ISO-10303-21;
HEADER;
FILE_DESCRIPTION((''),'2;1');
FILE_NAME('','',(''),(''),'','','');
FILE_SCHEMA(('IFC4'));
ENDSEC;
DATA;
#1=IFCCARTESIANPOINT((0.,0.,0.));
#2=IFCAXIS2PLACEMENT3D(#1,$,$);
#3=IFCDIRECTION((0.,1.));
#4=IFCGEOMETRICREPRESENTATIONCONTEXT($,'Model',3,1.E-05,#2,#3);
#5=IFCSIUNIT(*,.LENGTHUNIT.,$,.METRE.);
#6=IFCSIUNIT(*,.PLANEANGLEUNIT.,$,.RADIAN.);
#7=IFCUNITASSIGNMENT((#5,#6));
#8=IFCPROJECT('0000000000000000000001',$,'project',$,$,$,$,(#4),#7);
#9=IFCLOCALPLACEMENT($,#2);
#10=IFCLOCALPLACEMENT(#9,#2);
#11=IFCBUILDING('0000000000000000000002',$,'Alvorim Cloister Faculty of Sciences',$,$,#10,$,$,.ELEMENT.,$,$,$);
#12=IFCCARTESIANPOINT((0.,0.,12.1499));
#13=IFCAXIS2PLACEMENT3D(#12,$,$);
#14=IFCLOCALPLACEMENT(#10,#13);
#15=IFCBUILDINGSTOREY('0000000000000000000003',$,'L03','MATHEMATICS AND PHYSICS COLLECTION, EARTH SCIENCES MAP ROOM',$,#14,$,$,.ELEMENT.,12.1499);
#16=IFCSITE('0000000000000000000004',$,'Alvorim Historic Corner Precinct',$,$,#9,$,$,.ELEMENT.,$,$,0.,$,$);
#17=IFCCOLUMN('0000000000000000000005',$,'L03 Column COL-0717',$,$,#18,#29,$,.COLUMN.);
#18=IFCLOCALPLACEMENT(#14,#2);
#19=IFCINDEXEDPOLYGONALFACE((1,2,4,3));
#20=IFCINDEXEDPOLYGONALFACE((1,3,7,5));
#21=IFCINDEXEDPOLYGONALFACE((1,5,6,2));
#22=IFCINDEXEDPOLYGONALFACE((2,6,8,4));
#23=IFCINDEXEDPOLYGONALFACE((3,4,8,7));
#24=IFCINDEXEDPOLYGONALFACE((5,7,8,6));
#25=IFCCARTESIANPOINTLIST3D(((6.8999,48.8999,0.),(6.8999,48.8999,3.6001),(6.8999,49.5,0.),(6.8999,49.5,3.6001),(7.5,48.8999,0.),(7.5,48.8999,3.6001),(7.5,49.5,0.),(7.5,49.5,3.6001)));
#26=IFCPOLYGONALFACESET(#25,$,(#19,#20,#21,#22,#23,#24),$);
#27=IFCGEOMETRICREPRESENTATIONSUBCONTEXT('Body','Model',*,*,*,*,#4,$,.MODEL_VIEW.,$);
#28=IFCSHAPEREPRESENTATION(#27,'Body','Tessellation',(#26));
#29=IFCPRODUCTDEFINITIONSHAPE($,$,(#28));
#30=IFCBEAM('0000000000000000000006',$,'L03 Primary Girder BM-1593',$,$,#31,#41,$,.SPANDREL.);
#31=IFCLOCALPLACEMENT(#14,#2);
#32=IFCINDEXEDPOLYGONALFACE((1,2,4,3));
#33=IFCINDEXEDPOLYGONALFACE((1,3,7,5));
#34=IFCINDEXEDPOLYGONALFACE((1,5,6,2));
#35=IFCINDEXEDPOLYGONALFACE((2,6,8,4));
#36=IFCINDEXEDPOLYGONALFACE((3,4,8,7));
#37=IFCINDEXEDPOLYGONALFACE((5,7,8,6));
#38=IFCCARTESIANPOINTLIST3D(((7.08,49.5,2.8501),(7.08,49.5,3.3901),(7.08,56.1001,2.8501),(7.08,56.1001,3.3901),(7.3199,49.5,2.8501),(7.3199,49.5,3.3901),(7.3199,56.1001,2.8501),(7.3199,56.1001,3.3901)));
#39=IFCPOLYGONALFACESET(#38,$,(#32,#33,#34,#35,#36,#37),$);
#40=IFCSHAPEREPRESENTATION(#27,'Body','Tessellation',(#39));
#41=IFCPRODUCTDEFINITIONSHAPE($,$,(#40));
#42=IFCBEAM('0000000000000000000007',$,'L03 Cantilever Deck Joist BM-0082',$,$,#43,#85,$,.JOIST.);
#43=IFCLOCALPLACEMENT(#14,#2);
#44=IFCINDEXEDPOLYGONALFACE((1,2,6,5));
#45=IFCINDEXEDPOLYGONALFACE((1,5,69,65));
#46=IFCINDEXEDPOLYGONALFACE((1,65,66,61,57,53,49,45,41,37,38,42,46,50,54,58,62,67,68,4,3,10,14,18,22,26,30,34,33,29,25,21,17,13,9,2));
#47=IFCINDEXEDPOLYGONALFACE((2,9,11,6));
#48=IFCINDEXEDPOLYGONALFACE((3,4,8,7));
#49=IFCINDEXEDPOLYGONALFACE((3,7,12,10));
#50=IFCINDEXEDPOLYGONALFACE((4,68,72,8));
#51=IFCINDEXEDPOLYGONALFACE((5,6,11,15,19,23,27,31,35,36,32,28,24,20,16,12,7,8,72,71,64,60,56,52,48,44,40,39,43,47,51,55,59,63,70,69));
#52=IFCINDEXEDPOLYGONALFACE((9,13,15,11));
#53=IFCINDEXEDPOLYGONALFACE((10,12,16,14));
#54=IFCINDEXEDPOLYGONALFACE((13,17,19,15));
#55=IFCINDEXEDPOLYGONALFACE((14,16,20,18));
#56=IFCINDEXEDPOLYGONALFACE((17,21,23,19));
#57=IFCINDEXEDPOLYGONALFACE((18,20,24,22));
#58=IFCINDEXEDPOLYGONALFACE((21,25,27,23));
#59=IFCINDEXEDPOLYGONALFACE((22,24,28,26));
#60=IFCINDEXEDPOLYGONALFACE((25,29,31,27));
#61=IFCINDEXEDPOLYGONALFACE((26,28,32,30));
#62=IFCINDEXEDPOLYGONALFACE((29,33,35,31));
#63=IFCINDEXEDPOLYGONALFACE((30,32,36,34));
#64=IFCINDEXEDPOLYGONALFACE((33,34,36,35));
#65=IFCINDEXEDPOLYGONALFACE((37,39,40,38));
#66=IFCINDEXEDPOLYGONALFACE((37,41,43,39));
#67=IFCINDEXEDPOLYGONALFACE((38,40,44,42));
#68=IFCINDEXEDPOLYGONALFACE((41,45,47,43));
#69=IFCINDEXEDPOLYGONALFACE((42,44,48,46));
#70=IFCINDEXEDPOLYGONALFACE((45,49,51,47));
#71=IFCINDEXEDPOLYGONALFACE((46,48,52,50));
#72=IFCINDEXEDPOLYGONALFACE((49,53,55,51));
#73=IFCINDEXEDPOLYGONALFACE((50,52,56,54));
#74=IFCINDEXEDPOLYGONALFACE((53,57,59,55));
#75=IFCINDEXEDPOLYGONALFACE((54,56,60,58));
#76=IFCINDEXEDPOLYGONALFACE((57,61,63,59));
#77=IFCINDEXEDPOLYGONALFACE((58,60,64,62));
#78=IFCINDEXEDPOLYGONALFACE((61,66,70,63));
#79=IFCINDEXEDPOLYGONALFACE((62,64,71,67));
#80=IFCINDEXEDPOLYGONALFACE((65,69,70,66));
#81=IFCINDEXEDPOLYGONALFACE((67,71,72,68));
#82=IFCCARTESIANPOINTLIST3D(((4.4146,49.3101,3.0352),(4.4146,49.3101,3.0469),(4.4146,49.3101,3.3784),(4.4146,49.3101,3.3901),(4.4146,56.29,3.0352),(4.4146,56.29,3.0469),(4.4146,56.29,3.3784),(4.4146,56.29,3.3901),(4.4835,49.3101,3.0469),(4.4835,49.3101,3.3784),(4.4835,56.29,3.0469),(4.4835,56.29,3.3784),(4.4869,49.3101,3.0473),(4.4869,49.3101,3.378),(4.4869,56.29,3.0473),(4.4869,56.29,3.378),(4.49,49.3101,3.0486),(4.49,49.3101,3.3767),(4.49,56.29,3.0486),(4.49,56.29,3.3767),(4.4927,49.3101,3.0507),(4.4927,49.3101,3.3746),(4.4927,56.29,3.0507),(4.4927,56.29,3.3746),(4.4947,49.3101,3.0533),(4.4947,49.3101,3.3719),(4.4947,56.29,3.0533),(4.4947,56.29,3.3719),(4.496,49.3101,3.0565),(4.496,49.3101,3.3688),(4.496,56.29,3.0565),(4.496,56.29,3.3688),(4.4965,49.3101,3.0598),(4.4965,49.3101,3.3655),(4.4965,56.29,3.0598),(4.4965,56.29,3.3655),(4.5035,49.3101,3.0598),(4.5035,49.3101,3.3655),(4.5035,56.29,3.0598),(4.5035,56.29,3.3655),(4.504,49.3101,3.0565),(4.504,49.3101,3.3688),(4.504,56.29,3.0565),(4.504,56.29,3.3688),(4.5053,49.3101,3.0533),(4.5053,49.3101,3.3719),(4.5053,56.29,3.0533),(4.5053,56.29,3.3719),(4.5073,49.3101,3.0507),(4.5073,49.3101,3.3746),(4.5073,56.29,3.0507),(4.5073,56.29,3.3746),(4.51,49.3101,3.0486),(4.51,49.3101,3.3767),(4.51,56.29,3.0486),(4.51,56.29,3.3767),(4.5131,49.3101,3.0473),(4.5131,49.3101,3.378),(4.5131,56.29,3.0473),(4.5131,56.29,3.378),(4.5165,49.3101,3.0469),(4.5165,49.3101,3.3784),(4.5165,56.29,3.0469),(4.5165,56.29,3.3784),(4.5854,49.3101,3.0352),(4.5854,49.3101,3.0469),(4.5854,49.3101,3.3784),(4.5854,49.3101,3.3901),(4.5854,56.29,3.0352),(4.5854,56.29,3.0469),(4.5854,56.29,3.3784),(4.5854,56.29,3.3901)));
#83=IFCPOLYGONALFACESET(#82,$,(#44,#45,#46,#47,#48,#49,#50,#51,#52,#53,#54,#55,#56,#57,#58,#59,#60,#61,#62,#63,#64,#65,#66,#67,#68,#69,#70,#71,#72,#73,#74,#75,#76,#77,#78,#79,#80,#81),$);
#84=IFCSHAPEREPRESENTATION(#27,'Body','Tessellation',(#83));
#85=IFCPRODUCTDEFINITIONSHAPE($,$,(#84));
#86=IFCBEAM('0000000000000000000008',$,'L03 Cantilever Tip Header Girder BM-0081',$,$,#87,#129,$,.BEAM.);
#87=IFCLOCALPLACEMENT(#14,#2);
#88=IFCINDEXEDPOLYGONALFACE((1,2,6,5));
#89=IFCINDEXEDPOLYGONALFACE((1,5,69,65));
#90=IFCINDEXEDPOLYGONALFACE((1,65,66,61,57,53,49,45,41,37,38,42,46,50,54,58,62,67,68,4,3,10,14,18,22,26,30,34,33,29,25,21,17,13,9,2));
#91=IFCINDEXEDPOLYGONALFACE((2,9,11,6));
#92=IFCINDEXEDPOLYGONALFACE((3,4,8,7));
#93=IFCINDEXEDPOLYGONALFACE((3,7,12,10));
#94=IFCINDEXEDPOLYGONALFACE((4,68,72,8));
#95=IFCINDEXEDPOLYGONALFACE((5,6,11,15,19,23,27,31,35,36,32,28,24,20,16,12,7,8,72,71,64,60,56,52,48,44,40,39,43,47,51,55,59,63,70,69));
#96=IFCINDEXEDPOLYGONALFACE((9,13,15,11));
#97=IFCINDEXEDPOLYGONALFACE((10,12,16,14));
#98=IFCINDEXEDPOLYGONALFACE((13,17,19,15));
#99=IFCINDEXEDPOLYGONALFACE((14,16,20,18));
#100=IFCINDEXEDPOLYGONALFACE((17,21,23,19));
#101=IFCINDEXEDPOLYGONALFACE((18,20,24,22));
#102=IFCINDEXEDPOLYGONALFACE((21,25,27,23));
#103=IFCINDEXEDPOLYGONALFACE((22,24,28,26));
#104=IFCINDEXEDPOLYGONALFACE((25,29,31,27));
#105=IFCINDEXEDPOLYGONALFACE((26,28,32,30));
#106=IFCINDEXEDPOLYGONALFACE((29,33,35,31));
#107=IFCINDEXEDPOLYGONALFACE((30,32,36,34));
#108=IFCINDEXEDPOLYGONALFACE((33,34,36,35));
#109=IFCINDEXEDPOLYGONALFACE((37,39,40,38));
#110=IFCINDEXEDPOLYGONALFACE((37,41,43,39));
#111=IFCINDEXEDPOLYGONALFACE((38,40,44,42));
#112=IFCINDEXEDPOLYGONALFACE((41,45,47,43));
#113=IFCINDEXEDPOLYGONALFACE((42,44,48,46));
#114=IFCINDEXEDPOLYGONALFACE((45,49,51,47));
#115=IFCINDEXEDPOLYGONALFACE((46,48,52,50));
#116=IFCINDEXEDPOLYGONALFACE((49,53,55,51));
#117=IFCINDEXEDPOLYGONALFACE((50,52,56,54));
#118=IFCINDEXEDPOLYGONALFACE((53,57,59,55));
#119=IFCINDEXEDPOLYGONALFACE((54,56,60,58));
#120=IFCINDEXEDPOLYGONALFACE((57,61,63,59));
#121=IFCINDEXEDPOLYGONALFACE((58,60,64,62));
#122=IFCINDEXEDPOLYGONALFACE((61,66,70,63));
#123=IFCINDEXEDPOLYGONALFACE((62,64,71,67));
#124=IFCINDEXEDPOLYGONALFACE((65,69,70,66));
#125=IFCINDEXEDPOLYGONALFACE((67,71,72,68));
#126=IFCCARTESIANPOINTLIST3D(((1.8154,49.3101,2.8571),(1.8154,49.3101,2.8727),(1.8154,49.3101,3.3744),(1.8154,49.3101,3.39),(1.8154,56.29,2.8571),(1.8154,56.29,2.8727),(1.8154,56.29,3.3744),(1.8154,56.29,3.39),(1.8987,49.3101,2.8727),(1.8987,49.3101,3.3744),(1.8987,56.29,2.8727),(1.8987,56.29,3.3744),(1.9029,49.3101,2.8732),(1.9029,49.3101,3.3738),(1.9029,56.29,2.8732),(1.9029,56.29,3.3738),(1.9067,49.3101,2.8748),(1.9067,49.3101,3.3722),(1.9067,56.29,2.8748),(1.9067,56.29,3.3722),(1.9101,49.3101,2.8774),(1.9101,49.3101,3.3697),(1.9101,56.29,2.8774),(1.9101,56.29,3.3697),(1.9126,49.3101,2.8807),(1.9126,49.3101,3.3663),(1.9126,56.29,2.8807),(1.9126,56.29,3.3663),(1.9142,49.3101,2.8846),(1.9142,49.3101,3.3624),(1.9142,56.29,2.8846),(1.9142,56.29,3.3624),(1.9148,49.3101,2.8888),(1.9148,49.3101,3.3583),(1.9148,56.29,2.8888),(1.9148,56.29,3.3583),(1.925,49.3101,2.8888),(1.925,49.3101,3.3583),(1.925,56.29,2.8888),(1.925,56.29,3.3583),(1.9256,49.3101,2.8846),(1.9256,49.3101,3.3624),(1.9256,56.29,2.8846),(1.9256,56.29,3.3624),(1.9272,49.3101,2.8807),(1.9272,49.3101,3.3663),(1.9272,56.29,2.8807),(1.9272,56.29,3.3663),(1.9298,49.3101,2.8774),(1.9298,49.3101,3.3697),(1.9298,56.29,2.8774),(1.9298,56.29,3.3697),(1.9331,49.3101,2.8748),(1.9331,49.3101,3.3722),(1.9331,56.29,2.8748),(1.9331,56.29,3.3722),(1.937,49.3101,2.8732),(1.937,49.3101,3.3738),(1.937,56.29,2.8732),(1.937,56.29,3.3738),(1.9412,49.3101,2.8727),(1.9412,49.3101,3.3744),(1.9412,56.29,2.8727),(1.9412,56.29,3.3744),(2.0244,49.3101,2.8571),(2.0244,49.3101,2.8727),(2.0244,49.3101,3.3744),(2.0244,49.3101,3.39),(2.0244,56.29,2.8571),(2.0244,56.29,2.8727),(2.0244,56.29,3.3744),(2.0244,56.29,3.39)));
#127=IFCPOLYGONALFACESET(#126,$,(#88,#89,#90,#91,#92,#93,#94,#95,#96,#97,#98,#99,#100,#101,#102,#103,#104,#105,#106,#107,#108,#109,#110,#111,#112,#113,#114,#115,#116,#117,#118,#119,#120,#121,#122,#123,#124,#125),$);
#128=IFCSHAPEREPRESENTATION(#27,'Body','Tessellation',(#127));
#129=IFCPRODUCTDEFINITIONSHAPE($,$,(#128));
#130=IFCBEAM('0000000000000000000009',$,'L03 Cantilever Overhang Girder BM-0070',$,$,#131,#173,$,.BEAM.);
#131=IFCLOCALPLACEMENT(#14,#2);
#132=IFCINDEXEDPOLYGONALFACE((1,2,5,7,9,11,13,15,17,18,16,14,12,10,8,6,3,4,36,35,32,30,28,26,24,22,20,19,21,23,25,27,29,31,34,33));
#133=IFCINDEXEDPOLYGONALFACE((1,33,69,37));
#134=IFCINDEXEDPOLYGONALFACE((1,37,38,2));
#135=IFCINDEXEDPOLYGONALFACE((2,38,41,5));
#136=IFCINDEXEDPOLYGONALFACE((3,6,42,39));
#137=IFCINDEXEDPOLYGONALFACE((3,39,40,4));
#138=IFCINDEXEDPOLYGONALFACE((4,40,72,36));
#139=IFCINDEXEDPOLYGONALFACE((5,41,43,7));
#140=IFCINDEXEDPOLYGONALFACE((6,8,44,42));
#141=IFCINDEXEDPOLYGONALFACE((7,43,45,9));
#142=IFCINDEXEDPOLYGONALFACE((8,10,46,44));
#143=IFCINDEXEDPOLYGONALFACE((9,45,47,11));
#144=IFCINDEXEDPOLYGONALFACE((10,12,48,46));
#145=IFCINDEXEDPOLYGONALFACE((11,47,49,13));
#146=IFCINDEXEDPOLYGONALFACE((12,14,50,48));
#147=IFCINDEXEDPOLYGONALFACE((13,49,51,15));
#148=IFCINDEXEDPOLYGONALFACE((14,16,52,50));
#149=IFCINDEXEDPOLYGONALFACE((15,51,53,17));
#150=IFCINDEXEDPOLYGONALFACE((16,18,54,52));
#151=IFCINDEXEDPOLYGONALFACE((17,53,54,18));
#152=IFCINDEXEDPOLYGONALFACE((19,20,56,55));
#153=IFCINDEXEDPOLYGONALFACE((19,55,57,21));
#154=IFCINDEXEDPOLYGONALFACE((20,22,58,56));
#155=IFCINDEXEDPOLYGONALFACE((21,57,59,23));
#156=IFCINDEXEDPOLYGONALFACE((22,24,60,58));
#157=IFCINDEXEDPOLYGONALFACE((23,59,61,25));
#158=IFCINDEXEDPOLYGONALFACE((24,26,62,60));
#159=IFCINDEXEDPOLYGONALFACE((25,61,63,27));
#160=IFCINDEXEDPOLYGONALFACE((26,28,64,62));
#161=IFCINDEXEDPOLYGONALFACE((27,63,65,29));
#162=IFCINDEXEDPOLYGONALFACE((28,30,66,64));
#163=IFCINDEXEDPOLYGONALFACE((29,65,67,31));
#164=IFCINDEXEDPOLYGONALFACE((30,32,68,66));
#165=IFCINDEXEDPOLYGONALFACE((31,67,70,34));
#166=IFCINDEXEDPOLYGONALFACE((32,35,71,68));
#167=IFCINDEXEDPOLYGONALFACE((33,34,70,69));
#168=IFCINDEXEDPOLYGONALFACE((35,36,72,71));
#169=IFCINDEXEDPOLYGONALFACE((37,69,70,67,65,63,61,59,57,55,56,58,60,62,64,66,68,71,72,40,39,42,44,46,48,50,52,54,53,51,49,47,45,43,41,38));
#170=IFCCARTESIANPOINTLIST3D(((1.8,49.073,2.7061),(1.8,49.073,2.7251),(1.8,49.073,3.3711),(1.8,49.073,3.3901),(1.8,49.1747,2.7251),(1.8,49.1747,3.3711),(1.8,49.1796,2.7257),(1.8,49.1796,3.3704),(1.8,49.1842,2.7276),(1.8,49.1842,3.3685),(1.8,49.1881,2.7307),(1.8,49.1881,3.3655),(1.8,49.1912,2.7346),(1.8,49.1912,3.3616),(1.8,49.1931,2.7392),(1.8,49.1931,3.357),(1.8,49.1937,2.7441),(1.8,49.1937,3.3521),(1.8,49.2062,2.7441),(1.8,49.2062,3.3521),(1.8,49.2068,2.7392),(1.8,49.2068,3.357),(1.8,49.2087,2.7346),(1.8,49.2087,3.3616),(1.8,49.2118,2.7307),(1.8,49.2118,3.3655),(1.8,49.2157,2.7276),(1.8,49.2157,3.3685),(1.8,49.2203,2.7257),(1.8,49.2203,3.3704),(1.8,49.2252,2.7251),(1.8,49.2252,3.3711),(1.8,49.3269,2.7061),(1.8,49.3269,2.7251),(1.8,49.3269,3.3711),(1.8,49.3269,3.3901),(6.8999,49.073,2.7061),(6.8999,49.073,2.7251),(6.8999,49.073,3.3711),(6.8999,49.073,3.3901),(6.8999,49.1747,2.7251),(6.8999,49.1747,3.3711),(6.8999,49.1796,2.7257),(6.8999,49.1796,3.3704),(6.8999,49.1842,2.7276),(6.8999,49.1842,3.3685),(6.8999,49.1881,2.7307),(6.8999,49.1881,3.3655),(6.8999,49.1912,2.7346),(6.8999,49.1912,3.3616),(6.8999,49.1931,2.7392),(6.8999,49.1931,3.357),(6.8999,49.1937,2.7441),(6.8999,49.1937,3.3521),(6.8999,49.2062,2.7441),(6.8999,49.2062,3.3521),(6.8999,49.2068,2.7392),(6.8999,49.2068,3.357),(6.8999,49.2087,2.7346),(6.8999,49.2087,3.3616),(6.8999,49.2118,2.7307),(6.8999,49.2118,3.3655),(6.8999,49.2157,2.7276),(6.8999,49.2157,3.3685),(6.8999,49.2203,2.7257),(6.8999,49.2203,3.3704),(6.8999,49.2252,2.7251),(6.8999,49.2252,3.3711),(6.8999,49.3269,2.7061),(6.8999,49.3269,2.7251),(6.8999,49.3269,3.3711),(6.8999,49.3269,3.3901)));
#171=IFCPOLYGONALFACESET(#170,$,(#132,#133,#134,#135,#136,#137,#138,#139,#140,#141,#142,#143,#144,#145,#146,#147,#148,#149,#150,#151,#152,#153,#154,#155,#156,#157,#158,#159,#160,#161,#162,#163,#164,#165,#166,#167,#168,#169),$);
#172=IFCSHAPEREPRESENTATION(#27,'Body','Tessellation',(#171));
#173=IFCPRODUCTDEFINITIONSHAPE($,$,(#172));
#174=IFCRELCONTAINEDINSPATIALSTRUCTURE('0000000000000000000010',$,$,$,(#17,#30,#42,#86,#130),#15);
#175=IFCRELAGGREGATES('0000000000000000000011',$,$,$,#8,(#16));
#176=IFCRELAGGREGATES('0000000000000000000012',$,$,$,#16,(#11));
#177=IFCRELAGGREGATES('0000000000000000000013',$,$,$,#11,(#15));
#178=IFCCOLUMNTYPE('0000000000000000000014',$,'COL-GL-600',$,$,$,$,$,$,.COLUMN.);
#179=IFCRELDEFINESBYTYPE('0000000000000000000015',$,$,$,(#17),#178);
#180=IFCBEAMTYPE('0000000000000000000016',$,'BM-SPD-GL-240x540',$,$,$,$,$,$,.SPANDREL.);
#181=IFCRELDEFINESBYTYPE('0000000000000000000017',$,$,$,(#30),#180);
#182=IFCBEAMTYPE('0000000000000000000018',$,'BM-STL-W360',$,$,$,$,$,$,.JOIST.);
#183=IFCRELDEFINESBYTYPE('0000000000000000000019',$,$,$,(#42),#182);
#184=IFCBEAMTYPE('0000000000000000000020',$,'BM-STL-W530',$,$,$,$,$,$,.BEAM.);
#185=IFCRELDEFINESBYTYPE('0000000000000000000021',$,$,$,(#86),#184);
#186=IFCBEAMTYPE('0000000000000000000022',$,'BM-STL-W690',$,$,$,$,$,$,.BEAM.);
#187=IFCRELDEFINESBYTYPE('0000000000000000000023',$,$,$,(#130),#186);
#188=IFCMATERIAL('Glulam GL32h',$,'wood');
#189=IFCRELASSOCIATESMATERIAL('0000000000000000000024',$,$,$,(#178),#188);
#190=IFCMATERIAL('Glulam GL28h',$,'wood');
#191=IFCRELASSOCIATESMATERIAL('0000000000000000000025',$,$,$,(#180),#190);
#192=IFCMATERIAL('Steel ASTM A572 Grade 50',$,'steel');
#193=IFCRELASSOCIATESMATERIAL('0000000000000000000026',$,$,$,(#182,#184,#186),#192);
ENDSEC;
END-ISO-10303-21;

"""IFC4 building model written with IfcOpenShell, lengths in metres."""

from ifc_helpers import new_model, si_unit, direction, frame, origin, origin_2d, place, context, subcontext, project, spatial, rectangle, i_section, extrude, material, material_profile, profile_set, type_object, element, save


model = new_model("IFC4")

# Units and contexts
model_context = context("Model", 3, precision=1e-05, world=origin(), true_north=direction((0.0, 1.0)))
body_context = subcontext(model_context, "Body", "Model", "MODEL_VIEW")
ifc_project = project(units=[si_unit("LENGTHUNIT", "METRE"), si_unit("PLANEANGLEUNIT", "RADIAN")], contexts=[model_context])

# Site, building, storey
site_placement = place(None, origin())
site = spatial("IfcSite", under=ifc_project, at=site_placement, Name="Alvorim Historic Corner Precinct", CompositionType="ELEMENT", RefElevation=0.0)
building_placement = place(site_placement, origin())
building = spatial("IfcBuilding", under=site, at=building_placement, Name="Alvorim Cloister Faculty of Sciences", CompositionType="ELEMENT")
storey_placement = place(building_placement, frame((0.0, 0.0, 12.1499)))
storey = spatial("IfcBuildingStorey", under=building, at=storey_placement, Name="L03", Description="MATHEMATICS AND PHYSICS COLLECTION, EARTH SCIENCES MAP ROOM", CompositionType="ELEMENT", Elevation=12.1499)

# Column
ifc_material_1 = material(Name="Glulam GL32h", Category="wood")
ifc_material_profile_1 = material_profile(ifc_material_1, rectangle(XDim=0.6001, YDim=0.6001, at=origin_2d()), Name="GL32-COL-600x600")
ifc_profile_set_1 = profile_set([ifc_material_profile_1], Name="Glulam GL32h")
column_type = type_object("IfcColumnType", Name="COL-GL-600", PredefinedType="COLUMN", material=ifc_profile_set_1)
column_placement = place(storey_placement, frame((7.2, 49.2, 0.0), z_axis=(0.0, 0.0, 1.0), x_axis=(1.0, 0.0, 0.0)))
element("IfcColumn", 1, at=column_placement, inside=storey, type_object=column_type, Name="L03 Column COL-0717", PredefinedType="COLUMN", context=body_context, shape_type="SweptSolid", body=[
    extrude(rectangle(XDim=0.6001, YDim=0.6001, at=origin_2d()), origin(), (0.0, 0.0, 1.0), 3.6001),
])

# Beams
ifc_material_2 = material(Name="Glulam GL28h", Category="wood")
ifc_material_profile_2 = material_profile(ifc_material_2, rectangle(XDim=0.24, YDim=0.54, at=origin_2d()), Name="GL28-SPD-240x540")
ifc_profile_set_2 = profile_set([ifc_material_profile_2], Name="Glulam GL28h")
beam_type_1 = type_object("IfcBeamType", Name="BM-SPD-GL-240x540", PredefinedType="SPANDREL", material=ifc_profile_set_2)
beam_1_placement = place(storey_placement, frame((7.2, 49.5, 3.1201), z_axis=(0.0, 1.0, 0.0), x_axis=(-1.0, 0.0, 0.0)))
element("IfcBeam", 2, at=beam_1_placement, inside=storey, type_object=beam_type_1, Name="L03 Primary Girder BM-1593", PredefinedType="SPANDREL", context=body_context, shape_type="SweptSolid", body=[
    extrude(rectangle(XDim=0.24, YDim=0.54, at=origin_2d()), origin(), (0.0, 0.0, 1.0), 6.6001),
])
ifc_material_3 = material(Name="Steel ASTM A572 Grade 50", Category="steel")
ifc_material_profile_3 = material_profile(ifc_material_3, i_section(OverallWidth=0.1709, OverallDepth=0.355, WebThickness=0.0071, FlangeThickness=0.0117, FilletRadius=0.0129, at=origin_2d()), Name="W360x51.0")
ifc_profile_set_3 = profile_set([ifc_material_profile_3], Name="Steel ASTM A572 Grade 50")
beam_type_2 = type_object("IfcBeamType", Name="BM-STL-W360", PredefinedType="JOIST", material=ifc_profile_set_3)
beam_2_placement = place(storey_placement, frame((4.5, 49.3101, 3.2126), z_axis=(0.0, 1.0, 0.0), x_axis=(-1.0, 0.0, 0.0)))
element("IfcBeam", 3, at=beam_2_placement, inside=storey, type_object=beam_type_2, Name="L03 Cantilever Deck Joist BM-0082", PredefinedType="JOIST", context=body_context, shape_type="SweptSolid", body=[
    extrude(i_section(OverallWidth=0.1709, OverallDepth=0.355, WebThickness=0.0071, FlangeThickness=0.0117, FilletRadius=0.0129, at=origin_2d()), origin(), (0.0, 0.0, 1.0), 6.98),
])
ifc_material_profile_4 = material_profile(ifc_material_3, i_section(OverallWidth=0.209, OverallDepth=0.533, WebThickness=0.0103, FlangeThickness=0.0156, FilletRadius=0.0161, at=origin_2d()), Name="W530x92.0")
ifc_profile_set_4 = profile_set([ifc_material_profile_4], Name="Steel ASTM A572 Grade 50")
beam_type_3 = type_object("IfcBeamType", Name="BM-STL-W530", PredefinedType="BEAM", material=ifc_profile_set_4)
beam_3_placement = place(storey_placement, frame((1.9199, 49.3101, 3.1235), z_axis=(0.0, 1.0, 0.0), x_axis=(-1.0, 0.0, 0.0)))
element("IfcBeam", 4, at=beam_3_placement, inside=storey, type_object=beam_type_3, Name="L03 Cantilever Tip Header Girder BM-0081", PredefinedType="BEAM", context=body_context, shape_type="SweptSolid", body=[
    extrude(i_section(OverallWidth=0.209, OverallDepth=0.533, WebThickness=0.0103, FlangeThickness=0.0156, FilletRadius=0.0161, at=origin_2d()), origin(), (0.0, 0.0, 1.0), 6.98),
])
ifc_material_profile_5 = material_profile(ifc_material_3, i_section(OverallWidth=0.2539, OverallDepth=0.6841, WebThickness=0.0125, FlangeThickness=0.019, FilletRadius=0.019, at=origin_2d()), Name="W690x140.0")
ifc_profile_set_5 = profile_set([ifc_material_profile_5], Name="Steel ASTM A572 Grade 50")
beam_type_4 = type_object("IfcBeamType", Name="BM-STL-W690", PredefinedType="BEAM", material=ifc_profile_set_5)
beam_4_placement = place(storey_placement, frame((1.8, 49.2, 3.0481), z_axis=(1.0, 0.0, 0.0), x_axis=(0.0, 1.0, 0.0)))
element("IfcBeam", 5, at=beam_4_placement, inside=storey, type_object=beam_type_4, Name="L03 Cantilever Overhang Girder BM-0070", PredefinedType="BEAM", context=body_context, shape_type="SweptSolid", body=[
    extrude(i_section(OverallWidth=0.2539, OverallDepth=0.6841, WebThickness=0.0125, FlangeThickness=0.019, FilletRadius=0.019, at=origin_2d()), origin(), (0.0, 0.0, 1.0), 5.0999),
])

save(model, "model.ifc")
